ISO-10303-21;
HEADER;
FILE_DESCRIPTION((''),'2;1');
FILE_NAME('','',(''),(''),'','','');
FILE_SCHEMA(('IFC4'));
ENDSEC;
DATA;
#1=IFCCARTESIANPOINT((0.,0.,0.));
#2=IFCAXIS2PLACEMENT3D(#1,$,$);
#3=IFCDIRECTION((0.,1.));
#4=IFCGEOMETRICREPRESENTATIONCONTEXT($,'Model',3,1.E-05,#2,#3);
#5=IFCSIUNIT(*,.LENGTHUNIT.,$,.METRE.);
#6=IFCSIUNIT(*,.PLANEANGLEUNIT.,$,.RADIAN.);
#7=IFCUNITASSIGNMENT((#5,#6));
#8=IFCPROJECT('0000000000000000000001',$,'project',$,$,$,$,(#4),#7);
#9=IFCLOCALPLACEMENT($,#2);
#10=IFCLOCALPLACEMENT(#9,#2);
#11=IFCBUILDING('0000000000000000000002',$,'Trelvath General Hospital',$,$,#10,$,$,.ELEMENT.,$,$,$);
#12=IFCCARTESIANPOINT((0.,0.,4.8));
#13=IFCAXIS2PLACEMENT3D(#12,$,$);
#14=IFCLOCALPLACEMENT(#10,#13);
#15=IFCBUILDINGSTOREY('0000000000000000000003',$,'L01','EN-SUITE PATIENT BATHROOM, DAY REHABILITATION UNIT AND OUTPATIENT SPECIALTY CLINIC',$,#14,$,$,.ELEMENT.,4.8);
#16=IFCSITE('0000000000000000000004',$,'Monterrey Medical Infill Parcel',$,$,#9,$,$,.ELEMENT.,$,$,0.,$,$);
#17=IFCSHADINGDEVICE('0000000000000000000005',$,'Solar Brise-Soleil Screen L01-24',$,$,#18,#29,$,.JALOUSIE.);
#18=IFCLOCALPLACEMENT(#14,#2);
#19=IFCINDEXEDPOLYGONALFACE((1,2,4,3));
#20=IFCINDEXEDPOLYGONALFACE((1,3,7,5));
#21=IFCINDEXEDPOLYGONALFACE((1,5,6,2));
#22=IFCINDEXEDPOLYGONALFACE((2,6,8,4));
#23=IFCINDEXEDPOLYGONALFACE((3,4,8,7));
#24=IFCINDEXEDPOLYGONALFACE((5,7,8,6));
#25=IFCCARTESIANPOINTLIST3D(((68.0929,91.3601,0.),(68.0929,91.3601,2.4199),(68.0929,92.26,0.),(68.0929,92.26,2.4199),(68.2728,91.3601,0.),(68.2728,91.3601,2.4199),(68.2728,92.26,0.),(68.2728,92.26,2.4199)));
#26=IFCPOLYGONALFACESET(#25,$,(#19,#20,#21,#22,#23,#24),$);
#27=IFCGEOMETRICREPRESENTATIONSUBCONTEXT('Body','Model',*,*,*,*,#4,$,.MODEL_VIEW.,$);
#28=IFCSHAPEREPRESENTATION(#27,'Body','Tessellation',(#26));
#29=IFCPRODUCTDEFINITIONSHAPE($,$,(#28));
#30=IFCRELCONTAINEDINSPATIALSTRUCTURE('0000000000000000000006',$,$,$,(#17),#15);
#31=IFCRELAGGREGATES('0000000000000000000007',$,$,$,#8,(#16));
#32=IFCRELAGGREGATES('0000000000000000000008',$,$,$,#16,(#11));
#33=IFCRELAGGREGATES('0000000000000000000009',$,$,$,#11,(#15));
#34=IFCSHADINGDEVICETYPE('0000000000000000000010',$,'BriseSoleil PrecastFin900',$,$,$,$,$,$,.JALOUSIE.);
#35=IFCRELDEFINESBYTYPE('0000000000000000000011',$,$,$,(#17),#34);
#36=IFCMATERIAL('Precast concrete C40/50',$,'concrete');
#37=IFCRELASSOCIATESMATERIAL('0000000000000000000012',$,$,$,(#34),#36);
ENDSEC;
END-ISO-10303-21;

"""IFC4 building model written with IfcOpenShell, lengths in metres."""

from ifc_helpers import new_model, si_unit, direction, frame, origin, origin_2d, place, context, subcontext, project, spatial, rectangle, extrude, material, type_object, element, save


model = new_model("IFC4")

# Units and contexts
model_context = context("Model", 3, precision=1e-05, world=origin(), true_north=direction((0.0, 1.0)))
body_context = subcontext(model_context, "Body", "Model", "MODEL_VIEW")
ifc_project = project(units=[si_unit("LENGTHUNIT", "METRE"), si_unit("PLANEANGLEUNIT", "RADIAN")], contexts=[model_context])

# Site, building, storey
site_placement = place(None, origin())
site = spatial("IfcSite", under=ifc_project, at=site_placement, Name="Monterrey Medical Infill Parcel", CompositionType="ELEMENT", RefElevation=0.0)
building_placement = place(site_placement, origin())
building = spatial("IfcBuilding", under=site, at=building_placement, Name="Trelvath General Hospital", CompositionType="ELEMENT")
storey_placement = place(building_placement, frame((0.0, 0.0, 4.8)))
storey = spatial("IfcBuildingStorey", under=building, at=storey_placement, Name="L01", Description="EN-SUITE PATIENT BATHROOM, DAY REHABILITATION UNIT AND OUTPATIENT SPECIALTY CLINIC", CompositionType="ELEMENT", Elevation=4.8)

# Shading device
ifc_material_1 = material(Name="Precast concrete C40/50", Category="concrete")
shading_device_type = type_object("IfcShadingDeviceType", Name="BriseSoleil PrecastFin900", PredefinedType="JALOUSIE", material=ifc_material_1)
shading_device_placement = place(storey_placement, frame((68.1829, 91.8101, 0.0), z_axis=(0.0, 0.0, 1.0), x_axis=(0.0, -1.0, 0.0)))
element("IfcShadingDevice", 1, at=shading_device_placement, inside=storey, type_object=shading_device_type, Name="Solar Brise-Soleil Screen L01-24", PredefinedType="JALOUSIE", context=body_context, shape_type="SweptSolid", body=[
    extrude(rectangle(XDim=0.8999, YDim=0.1799, at=origin_2d()), origin(), (0.0, 0.0, 1.0), 2.4199),
])

save(model, "model.ifc")
